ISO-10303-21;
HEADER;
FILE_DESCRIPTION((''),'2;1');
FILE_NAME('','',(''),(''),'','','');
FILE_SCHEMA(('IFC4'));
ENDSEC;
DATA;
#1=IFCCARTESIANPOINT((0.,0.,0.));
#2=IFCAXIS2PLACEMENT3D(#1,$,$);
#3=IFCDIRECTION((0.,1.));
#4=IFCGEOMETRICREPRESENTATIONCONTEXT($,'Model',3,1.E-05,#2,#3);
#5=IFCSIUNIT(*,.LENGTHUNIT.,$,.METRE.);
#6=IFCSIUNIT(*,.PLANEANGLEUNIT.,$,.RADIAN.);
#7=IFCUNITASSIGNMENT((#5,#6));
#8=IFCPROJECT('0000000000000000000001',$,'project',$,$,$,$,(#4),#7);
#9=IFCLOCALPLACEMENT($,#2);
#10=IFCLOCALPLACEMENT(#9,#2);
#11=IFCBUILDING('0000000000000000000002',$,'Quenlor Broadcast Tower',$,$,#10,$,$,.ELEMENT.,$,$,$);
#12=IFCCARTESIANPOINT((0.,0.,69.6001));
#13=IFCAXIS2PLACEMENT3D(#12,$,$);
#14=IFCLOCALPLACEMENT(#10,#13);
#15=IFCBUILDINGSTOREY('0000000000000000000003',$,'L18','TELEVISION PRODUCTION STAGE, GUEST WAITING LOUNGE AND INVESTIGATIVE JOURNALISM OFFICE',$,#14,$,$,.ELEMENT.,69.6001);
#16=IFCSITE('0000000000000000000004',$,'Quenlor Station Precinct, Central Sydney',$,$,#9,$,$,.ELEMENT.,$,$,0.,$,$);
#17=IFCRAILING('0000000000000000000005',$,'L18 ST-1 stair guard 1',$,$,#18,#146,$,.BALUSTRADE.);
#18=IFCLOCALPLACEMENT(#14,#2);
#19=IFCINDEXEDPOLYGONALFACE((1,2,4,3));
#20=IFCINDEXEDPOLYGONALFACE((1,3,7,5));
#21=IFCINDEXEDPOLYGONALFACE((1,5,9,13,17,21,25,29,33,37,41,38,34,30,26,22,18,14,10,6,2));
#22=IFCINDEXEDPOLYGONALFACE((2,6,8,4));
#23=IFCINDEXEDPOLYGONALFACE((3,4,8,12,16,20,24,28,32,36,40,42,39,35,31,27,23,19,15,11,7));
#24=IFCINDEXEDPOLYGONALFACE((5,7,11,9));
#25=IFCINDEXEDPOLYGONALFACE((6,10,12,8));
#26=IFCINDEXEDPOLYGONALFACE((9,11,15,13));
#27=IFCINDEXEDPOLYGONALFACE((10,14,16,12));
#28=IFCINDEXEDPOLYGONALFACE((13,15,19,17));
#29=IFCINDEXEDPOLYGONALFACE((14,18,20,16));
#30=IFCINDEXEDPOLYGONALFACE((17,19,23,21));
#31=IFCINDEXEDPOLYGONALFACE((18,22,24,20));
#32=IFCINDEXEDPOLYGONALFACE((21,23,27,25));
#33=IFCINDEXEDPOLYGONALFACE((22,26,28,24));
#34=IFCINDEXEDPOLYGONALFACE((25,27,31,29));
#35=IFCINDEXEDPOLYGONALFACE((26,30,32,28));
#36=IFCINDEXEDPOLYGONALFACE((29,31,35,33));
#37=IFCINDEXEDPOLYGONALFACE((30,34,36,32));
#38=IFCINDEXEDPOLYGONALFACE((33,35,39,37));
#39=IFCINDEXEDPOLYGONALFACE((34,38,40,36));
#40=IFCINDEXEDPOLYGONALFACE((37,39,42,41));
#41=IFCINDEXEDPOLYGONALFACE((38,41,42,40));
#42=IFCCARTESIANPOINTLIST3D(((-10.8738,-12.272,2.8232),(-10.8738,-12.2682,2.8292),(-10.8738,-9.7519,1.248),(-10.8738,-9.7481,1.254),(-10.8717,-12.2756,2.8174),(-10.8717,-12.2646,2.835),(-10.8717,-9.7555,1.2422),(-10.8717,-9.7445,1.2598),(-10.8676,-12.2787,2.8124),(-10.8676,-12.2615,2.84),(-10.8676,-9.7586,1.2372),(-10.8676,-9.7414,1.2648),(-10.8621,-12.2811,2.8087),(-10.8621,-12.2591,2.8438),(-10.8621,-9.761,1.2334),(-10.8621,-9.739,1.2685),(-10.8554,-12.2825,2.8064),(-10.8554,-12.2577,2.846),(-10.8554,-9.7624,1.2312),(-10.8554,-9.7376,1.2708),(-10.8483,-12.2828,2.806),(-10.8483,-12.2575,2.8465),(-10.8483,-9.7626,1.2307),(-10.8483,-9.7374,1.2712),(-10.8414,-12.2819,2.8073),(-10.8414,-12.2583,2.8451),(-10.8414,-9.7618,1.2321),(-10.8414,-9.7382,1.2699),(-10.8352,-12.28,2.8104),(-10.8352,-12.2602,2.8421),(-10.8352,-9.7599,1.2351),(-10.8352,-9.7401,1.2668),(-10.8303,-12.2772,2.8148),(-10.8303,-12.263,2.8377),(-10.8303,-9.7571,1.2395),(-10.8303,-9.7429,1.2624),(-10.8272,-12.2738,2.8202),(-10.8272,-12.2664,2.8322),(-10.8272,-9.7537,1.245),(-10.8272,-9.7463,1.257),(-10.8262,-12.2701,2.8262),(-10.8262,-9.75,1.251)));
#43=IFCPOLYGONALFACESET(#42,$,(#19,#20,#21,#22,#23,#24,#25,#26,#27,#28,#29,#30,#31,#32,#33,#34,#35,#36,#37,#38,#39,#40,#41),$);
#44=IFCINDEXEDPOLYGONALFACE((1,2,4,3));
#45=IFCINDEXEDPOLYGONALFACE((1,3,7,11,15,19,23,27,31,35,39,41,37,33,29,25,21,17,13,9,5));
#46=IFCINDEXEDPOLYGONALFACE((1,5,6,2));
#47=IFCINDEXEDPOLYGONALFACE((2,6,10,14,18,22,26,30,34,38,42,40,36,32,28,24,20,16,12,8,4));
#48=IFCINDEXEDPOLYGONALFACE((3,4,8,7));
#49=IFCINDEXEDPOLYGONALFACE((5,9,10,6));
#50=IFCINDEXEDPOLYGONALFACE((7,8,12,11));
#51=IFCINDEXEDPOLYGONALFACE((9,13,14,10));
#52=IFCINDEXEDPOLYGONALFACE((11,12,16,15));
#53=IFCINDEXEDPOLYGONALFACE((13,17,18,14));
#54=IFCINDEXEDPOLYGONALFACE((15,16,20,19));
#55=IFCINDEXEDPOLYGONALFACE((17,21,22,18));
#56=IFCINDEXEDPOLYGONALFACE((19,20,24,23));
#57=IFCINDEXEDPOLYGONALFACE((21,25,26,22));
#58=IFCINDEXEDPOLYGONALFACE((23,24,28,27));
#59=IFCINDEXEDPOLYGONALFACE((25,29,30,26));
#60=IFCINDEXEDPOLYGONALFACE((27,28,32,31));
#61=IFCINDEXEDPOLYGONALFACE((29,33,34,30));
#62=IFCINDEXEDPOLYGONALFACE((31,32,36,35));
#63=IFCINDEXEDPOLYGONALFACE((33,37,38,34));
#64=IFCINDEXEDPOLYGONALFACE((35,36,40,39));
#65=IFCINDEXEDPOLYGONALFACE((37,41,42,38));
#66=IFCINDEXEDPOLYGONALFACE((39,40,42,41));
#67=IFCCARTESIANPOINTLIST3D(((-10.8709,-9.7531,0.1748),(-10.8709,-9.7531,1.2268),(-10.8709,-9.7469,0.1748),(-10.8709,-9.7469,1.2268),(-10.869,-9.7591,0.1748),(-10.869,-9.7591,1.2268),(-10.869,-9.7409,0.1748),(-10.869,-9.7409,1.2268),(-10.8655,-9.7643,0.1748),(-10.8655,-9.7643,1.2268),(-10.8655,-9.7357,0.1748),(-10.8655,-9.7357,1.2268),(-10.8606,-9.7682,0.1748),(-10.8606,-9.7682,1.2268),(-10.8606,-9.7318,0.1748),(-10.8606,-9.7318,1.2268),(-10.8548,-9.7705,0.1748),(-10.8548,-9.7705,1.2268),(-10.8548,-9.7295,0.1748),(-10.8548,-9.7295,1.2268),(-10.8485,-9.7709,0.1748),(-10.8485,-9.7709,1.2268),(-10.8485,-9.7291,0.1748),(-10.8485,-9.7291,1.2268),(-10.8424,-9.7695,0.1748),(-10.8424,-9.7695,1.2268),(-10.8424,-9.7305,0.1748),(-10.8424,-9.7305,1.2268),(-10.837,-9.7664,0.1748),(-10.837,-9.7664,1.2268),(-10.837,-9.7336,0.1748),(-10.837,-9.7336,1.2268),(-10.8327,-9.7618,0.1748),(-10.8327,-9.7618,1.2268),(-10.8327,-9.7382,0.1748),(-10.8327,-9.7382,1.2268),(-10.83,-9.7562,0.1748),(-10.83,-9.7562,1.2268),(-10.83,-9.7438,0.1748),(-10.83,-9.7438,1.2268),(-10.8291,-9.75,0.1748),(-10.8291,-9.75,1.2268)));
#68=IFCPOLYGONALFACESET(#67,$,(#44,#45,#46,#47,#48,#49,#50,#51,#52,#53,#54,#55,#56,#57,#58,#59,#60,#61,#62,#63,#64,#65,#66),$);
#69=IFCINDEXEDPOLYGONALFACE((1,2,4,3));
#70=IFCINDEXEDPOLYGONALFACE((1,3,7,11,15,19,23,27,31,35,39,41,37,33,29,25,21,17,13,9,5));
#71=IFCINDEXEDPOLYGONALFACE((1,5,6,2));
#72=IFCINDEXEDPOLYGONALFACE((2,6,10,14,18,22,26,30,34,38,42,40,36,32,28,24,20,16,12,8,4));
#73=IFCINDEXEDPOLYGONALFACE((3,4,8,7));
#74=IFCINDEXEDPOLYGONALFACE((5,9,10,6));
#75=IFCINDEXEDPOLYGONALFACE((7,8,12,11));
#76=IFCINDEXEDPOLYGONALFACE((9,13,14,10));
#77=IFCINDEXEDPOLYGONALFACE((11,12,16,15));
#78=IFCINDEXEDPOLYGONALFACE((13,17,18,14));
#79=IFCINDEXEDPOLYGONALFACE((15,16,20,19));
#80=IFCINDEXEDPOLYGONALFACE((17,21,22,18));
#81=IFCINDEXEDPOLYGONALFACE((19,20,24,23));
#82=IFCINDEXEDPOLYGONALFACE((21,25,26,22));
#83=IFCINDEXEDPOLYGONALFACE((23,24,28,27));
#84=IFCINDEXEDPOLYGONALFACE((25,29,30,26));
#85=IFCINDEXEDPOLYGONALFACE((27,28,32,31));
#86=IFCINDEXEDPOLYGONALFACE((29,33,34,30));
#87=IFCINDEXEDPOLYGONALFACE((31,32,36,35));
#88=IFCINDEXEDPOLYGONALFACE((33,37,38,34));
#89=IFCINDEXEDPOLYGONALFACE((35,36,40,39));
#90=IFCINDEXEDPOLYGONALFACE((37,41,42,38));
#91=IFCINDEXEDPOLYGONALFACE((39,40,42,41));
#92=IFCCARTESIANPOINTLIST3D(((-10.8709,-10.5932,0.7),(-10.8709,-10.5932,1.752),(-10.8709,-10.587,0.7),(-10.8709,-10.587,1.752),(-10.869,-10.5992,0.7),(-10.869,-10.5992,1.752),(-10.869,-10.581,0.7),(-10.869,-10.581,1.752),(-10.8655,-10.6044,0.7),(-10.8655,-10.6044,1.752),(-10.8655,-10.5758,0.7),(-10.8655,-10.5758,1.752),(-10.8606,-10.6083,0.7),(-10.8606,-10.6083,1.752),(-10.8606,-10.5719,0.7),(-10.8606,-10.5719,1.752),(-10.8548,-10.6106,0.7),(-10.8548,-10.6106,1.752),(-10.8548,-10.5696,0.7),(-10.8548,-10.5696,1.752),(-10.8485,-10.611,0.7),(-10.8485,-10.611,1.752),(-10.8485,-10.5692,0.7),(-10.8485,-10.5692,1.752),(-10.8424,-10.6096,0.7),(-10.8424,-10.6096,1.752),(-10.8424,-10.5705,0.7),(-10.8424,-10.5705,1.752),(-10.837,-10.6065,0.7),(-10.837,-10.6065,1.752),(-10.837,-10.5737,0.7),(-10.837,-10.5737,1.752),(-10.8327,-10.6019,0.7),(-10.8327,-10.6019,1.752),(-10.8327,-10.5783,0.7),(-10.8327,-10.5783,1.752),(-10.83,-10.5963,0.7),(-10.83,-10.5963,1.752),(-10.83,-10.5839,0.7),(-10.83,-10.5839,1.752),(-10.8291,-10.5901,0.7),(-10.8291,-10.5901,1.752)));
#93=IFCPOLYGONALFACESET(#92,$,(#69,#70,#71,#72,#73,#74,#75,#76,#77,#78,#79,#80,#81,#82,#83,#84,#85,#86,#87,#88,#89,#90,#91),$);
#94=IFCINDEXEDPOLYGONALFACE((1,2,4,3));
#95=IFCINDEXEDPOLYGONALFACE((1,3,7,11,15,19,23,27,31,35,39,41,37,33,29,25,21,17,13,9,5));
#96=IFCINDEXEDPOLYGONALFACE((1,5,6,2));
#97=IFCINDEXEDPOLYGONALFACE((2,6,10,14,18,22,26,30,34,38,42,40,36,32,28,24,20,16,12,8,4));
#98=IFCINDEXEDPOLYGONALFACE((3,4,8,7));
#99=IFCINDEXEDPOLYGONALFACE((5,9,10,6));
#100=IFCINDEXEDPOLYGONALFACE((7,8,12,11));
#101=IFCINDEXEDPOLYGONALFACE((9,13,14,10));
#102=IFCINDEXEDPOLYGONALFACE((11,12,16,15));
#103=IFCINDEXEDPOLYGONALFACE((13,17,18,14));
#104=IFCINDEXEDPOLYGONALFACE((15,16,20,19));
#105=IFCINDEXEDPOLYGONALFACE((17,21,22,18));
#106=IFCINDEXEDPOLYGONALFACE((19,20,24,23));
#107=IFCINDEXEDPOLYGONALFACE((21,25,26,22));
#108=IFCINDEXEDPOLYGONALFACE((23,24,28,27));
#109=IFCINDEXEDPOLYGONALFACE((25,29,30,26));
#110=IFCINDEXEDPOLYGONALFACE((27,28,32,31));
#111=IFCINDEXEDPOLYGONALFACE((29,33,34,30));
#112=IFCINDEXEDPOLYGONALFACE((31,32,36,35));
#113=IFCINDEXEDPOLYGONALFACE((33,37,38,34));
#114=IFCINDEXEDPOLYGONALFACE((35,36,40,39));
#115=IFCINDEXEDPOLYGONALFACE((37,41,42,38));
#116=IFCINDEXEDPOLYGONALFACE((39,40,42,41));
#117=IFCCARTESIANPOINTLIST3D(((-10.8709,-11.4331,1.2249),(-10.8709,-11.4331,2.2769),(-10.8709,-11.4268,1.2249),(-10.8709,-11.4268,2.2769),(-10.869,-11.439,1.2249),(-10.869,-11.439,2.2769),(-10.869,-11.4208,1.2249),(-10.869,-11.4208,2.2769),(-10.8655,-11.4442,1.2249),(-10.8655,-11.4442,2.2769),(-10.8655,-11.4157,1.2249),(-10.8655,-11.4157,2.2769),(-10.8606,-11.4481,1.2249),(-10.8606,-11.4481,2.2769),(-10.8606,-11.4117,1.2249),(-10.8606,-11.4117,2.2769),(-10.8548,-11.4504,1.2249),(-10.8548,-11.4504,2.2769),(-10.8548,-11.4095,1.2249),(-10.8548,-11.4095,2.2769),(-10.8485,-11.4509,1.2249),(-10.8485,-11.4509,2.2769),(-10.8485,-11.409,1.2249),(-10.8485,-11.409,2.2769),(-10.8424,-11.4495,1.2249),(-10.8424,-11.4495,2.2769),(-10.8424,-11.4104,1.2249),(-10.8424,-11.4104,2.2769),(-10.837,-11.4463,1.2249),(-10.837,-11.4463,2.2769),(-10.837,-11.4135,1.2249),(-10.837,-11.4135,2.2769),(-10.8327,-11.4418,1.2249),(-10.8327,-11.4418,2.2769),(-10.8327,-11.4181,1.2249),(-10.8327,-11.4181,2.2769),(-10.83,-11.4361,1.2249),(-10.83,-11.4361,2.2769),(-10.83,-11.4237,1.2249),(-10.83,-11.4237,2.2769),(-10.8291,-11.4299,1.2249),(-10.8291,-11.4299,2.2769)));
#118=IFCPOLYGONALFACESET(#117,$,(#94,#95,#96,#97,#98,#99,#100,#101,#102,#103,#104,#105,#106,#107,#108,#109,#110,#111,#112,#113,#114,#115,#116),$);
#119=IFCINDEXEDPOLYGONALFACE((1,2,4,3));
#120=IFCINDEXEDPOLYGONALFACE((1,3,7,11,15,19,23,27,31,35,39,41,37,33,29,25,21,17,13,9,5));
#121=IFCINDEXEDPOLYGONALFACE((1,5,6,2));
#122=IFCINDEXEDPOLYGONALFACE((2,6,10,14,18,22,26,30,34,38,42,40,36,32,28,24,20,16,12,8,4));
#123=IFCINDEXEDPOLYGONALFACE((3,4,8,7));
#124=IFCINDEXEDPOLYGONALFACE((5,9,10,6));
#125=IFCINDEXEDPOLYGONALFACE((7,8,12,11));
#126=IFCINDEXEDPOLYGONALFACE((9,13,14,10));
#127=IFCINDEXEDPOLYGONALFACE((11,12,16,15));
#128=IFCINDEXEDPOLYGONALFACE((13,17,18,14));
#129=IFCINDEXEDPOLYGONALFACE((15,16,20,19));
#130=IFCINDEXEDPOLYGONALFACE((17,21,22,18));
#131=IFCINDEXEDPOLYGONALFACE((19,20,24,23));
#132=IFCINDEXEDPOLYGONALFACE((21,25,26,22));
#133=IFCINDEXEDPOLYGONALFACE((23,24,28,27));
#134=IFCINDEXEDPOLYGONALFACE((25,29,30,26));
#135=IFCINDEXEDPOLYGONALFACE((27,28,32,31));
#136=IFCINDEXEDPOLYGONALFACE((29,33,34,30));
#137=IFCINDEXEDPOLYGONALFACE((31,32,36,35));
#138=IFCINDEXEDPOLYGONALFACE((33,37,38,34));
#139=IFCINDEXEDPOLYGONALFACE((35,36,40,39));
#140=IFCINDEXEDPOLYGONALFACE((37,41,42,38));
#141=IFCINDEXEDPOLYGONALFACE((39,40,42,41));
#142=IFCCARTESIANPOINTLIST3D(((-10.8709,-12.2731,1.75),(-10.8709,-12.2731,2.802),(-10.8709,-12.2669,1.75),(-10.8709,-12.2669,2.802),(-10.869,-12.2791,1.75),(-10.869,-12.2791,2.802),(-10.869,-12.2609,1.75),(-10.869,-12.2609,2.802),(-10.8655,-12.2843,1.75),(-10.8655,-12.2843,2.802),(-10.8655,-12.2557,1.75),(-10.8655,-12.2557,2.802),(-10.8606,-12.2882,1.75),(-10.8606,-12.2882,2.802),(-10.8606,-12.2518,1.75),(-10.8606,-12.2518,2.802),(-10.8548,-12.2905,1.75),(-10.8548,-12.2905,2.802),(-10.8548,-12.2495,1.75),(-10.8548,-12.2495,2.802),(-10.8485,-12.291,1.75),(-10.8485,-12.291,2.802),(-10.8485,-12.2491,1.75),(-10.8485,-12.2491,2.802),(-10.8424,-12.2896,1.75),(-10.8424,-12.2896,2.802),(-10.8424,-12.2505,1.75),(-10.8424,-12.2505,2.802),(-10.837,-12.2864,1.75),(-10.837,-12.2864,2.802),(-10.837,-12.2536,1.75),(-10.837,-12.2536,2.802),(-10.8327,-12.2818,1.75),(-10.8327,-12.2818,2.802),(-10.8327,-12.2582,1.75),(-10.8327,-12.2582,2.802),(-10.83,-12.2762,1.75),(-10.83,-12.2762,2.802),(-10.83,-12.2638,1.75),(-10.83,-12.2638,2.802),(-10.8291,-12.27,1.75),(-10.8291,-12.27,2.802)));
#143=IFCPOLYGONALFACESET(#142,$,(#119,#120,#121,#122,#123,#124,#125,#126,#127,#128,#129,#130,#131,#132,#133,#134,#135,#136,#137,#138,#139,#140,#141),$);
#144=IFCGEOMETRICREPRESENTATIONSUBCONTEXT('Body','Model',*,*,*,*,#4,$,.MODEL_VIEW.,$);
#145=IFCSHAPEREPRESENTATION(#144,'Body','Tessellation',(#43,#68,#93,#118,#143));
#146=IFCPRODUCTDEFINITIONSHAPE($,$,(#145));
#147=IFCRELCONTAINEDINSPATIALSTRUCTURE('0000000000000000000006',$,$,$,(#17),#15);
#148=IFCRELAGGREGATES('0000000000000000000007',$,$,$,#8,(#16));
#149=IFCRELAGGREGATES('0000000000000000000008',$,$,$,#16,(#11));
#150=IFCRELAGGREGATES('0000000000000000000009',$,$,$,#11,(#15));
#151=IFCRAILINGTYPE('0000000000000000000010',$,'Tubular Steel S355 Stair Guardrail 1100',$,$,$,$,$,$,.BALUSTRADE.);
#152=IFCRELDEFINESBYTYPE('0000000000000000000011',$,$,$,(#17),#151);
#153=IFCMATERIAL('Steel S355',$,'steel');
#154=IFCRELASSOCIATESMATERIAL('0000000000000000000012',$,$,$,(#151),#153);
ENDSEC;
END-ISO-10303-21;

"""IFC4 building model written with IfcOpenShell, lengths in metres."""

from ifc_helpers import new_model, si_unit, direction, frame, origin, origin_2d, place, context, subcontext, project, spatial, circle, extrude, material, type_object, element, save


model = new_model("IFC4")

# Units and contexts
model_context = context("Model", 3, precision=1e-05, world=origin(), true_north=direction((0.0, 1.0)))
body_context = subcontext(model_context, "Body", "Model", "MODEL_VIEW")
ifc_project = project(units=[si_unit("LENGTHUNIT", "METRE"), si_unit("PLANEANGLEUNIT", "RADIAN")], contexts=[model_context])

# Site, building, storey
site_placement = place(None, origin())
site = spatial("IfcSite", under=ifc_project, at=site_placement, Name="Quenlor Station Precinct, Central Sydney", CompositionType="ELEMENT", RefElevation=0.0)
building_placement = place(site_placement, origin())
building = spatial("IfcBuilding", under=site, at=building_placement, Name="Quenlor Broadcast Tower", CompositionType="ELEMENT")
storey_placement = place(building_placement, frame((0.0, 0.0, 69.6001)))
storey = spatial("IfcBuildingStorey", under=building, at=storey_placement, Name="L18", Description="TELEVISION PRODUCTION STAGE, GUEST WAITING LOUNGE AND INVESTIGATIVE JOURNALISM OFFICE", CompositionType="ELEMENT", Elevation=69.6001)

# Railing
ifc_material_1 = material(Name="Steel S355", Category="steel")
railing_type_1 = type_object("IfcRailingType", Name="Tubular Steel S355 Stair Guardrail 1100", PredefinedType="BALUSTRADE", material=ifc_material_1)
railing_1_placement = place(storey_placement, frame((-10.8501, -9.75, 0.1748)))
element("IfcRailing", 1, at=railing_1_placement, inside=storey, type_object=railing_type_1, Name="L18 ST-1 stair guard 1", PredefinedType="BALUSTRADE", context=body_context, shape_type="SweptSolid", body=[
    extrude(circle(Radius=0.0239, at=origin_2d()), frame((0.0, 0.0, 1.0762), z_axis=(0.0, -0.847971, 0.530043), x_axis=(1.0, 0.0, 0.0)), (0.0, 0.0, 1.0), 2.9719),
    extrude(circle(Radius=0.021, at=origin_2d()), origin(), (0.0, 0.0, 1.0), 1.052),
    extrude(circle(Radius=0.021, at=origin_2d()), frame((0.0, -0.8401, 0.5251)), (0.0, 0.0, 1.0), 1.052),
    extrude(circle(Radius=0.021, at=origin_2d()), frame((0.0, -1.6799, 1.05)), (0.0, 0.0, 1.0), 1.052),
    extrude(circle(Radius=0.021, at=origin_2d()), frame((0.0, -2.52, 1.5752)), (0.0, 0.0, 1.0), 1.052),
])

save(model, "model.ifc")
